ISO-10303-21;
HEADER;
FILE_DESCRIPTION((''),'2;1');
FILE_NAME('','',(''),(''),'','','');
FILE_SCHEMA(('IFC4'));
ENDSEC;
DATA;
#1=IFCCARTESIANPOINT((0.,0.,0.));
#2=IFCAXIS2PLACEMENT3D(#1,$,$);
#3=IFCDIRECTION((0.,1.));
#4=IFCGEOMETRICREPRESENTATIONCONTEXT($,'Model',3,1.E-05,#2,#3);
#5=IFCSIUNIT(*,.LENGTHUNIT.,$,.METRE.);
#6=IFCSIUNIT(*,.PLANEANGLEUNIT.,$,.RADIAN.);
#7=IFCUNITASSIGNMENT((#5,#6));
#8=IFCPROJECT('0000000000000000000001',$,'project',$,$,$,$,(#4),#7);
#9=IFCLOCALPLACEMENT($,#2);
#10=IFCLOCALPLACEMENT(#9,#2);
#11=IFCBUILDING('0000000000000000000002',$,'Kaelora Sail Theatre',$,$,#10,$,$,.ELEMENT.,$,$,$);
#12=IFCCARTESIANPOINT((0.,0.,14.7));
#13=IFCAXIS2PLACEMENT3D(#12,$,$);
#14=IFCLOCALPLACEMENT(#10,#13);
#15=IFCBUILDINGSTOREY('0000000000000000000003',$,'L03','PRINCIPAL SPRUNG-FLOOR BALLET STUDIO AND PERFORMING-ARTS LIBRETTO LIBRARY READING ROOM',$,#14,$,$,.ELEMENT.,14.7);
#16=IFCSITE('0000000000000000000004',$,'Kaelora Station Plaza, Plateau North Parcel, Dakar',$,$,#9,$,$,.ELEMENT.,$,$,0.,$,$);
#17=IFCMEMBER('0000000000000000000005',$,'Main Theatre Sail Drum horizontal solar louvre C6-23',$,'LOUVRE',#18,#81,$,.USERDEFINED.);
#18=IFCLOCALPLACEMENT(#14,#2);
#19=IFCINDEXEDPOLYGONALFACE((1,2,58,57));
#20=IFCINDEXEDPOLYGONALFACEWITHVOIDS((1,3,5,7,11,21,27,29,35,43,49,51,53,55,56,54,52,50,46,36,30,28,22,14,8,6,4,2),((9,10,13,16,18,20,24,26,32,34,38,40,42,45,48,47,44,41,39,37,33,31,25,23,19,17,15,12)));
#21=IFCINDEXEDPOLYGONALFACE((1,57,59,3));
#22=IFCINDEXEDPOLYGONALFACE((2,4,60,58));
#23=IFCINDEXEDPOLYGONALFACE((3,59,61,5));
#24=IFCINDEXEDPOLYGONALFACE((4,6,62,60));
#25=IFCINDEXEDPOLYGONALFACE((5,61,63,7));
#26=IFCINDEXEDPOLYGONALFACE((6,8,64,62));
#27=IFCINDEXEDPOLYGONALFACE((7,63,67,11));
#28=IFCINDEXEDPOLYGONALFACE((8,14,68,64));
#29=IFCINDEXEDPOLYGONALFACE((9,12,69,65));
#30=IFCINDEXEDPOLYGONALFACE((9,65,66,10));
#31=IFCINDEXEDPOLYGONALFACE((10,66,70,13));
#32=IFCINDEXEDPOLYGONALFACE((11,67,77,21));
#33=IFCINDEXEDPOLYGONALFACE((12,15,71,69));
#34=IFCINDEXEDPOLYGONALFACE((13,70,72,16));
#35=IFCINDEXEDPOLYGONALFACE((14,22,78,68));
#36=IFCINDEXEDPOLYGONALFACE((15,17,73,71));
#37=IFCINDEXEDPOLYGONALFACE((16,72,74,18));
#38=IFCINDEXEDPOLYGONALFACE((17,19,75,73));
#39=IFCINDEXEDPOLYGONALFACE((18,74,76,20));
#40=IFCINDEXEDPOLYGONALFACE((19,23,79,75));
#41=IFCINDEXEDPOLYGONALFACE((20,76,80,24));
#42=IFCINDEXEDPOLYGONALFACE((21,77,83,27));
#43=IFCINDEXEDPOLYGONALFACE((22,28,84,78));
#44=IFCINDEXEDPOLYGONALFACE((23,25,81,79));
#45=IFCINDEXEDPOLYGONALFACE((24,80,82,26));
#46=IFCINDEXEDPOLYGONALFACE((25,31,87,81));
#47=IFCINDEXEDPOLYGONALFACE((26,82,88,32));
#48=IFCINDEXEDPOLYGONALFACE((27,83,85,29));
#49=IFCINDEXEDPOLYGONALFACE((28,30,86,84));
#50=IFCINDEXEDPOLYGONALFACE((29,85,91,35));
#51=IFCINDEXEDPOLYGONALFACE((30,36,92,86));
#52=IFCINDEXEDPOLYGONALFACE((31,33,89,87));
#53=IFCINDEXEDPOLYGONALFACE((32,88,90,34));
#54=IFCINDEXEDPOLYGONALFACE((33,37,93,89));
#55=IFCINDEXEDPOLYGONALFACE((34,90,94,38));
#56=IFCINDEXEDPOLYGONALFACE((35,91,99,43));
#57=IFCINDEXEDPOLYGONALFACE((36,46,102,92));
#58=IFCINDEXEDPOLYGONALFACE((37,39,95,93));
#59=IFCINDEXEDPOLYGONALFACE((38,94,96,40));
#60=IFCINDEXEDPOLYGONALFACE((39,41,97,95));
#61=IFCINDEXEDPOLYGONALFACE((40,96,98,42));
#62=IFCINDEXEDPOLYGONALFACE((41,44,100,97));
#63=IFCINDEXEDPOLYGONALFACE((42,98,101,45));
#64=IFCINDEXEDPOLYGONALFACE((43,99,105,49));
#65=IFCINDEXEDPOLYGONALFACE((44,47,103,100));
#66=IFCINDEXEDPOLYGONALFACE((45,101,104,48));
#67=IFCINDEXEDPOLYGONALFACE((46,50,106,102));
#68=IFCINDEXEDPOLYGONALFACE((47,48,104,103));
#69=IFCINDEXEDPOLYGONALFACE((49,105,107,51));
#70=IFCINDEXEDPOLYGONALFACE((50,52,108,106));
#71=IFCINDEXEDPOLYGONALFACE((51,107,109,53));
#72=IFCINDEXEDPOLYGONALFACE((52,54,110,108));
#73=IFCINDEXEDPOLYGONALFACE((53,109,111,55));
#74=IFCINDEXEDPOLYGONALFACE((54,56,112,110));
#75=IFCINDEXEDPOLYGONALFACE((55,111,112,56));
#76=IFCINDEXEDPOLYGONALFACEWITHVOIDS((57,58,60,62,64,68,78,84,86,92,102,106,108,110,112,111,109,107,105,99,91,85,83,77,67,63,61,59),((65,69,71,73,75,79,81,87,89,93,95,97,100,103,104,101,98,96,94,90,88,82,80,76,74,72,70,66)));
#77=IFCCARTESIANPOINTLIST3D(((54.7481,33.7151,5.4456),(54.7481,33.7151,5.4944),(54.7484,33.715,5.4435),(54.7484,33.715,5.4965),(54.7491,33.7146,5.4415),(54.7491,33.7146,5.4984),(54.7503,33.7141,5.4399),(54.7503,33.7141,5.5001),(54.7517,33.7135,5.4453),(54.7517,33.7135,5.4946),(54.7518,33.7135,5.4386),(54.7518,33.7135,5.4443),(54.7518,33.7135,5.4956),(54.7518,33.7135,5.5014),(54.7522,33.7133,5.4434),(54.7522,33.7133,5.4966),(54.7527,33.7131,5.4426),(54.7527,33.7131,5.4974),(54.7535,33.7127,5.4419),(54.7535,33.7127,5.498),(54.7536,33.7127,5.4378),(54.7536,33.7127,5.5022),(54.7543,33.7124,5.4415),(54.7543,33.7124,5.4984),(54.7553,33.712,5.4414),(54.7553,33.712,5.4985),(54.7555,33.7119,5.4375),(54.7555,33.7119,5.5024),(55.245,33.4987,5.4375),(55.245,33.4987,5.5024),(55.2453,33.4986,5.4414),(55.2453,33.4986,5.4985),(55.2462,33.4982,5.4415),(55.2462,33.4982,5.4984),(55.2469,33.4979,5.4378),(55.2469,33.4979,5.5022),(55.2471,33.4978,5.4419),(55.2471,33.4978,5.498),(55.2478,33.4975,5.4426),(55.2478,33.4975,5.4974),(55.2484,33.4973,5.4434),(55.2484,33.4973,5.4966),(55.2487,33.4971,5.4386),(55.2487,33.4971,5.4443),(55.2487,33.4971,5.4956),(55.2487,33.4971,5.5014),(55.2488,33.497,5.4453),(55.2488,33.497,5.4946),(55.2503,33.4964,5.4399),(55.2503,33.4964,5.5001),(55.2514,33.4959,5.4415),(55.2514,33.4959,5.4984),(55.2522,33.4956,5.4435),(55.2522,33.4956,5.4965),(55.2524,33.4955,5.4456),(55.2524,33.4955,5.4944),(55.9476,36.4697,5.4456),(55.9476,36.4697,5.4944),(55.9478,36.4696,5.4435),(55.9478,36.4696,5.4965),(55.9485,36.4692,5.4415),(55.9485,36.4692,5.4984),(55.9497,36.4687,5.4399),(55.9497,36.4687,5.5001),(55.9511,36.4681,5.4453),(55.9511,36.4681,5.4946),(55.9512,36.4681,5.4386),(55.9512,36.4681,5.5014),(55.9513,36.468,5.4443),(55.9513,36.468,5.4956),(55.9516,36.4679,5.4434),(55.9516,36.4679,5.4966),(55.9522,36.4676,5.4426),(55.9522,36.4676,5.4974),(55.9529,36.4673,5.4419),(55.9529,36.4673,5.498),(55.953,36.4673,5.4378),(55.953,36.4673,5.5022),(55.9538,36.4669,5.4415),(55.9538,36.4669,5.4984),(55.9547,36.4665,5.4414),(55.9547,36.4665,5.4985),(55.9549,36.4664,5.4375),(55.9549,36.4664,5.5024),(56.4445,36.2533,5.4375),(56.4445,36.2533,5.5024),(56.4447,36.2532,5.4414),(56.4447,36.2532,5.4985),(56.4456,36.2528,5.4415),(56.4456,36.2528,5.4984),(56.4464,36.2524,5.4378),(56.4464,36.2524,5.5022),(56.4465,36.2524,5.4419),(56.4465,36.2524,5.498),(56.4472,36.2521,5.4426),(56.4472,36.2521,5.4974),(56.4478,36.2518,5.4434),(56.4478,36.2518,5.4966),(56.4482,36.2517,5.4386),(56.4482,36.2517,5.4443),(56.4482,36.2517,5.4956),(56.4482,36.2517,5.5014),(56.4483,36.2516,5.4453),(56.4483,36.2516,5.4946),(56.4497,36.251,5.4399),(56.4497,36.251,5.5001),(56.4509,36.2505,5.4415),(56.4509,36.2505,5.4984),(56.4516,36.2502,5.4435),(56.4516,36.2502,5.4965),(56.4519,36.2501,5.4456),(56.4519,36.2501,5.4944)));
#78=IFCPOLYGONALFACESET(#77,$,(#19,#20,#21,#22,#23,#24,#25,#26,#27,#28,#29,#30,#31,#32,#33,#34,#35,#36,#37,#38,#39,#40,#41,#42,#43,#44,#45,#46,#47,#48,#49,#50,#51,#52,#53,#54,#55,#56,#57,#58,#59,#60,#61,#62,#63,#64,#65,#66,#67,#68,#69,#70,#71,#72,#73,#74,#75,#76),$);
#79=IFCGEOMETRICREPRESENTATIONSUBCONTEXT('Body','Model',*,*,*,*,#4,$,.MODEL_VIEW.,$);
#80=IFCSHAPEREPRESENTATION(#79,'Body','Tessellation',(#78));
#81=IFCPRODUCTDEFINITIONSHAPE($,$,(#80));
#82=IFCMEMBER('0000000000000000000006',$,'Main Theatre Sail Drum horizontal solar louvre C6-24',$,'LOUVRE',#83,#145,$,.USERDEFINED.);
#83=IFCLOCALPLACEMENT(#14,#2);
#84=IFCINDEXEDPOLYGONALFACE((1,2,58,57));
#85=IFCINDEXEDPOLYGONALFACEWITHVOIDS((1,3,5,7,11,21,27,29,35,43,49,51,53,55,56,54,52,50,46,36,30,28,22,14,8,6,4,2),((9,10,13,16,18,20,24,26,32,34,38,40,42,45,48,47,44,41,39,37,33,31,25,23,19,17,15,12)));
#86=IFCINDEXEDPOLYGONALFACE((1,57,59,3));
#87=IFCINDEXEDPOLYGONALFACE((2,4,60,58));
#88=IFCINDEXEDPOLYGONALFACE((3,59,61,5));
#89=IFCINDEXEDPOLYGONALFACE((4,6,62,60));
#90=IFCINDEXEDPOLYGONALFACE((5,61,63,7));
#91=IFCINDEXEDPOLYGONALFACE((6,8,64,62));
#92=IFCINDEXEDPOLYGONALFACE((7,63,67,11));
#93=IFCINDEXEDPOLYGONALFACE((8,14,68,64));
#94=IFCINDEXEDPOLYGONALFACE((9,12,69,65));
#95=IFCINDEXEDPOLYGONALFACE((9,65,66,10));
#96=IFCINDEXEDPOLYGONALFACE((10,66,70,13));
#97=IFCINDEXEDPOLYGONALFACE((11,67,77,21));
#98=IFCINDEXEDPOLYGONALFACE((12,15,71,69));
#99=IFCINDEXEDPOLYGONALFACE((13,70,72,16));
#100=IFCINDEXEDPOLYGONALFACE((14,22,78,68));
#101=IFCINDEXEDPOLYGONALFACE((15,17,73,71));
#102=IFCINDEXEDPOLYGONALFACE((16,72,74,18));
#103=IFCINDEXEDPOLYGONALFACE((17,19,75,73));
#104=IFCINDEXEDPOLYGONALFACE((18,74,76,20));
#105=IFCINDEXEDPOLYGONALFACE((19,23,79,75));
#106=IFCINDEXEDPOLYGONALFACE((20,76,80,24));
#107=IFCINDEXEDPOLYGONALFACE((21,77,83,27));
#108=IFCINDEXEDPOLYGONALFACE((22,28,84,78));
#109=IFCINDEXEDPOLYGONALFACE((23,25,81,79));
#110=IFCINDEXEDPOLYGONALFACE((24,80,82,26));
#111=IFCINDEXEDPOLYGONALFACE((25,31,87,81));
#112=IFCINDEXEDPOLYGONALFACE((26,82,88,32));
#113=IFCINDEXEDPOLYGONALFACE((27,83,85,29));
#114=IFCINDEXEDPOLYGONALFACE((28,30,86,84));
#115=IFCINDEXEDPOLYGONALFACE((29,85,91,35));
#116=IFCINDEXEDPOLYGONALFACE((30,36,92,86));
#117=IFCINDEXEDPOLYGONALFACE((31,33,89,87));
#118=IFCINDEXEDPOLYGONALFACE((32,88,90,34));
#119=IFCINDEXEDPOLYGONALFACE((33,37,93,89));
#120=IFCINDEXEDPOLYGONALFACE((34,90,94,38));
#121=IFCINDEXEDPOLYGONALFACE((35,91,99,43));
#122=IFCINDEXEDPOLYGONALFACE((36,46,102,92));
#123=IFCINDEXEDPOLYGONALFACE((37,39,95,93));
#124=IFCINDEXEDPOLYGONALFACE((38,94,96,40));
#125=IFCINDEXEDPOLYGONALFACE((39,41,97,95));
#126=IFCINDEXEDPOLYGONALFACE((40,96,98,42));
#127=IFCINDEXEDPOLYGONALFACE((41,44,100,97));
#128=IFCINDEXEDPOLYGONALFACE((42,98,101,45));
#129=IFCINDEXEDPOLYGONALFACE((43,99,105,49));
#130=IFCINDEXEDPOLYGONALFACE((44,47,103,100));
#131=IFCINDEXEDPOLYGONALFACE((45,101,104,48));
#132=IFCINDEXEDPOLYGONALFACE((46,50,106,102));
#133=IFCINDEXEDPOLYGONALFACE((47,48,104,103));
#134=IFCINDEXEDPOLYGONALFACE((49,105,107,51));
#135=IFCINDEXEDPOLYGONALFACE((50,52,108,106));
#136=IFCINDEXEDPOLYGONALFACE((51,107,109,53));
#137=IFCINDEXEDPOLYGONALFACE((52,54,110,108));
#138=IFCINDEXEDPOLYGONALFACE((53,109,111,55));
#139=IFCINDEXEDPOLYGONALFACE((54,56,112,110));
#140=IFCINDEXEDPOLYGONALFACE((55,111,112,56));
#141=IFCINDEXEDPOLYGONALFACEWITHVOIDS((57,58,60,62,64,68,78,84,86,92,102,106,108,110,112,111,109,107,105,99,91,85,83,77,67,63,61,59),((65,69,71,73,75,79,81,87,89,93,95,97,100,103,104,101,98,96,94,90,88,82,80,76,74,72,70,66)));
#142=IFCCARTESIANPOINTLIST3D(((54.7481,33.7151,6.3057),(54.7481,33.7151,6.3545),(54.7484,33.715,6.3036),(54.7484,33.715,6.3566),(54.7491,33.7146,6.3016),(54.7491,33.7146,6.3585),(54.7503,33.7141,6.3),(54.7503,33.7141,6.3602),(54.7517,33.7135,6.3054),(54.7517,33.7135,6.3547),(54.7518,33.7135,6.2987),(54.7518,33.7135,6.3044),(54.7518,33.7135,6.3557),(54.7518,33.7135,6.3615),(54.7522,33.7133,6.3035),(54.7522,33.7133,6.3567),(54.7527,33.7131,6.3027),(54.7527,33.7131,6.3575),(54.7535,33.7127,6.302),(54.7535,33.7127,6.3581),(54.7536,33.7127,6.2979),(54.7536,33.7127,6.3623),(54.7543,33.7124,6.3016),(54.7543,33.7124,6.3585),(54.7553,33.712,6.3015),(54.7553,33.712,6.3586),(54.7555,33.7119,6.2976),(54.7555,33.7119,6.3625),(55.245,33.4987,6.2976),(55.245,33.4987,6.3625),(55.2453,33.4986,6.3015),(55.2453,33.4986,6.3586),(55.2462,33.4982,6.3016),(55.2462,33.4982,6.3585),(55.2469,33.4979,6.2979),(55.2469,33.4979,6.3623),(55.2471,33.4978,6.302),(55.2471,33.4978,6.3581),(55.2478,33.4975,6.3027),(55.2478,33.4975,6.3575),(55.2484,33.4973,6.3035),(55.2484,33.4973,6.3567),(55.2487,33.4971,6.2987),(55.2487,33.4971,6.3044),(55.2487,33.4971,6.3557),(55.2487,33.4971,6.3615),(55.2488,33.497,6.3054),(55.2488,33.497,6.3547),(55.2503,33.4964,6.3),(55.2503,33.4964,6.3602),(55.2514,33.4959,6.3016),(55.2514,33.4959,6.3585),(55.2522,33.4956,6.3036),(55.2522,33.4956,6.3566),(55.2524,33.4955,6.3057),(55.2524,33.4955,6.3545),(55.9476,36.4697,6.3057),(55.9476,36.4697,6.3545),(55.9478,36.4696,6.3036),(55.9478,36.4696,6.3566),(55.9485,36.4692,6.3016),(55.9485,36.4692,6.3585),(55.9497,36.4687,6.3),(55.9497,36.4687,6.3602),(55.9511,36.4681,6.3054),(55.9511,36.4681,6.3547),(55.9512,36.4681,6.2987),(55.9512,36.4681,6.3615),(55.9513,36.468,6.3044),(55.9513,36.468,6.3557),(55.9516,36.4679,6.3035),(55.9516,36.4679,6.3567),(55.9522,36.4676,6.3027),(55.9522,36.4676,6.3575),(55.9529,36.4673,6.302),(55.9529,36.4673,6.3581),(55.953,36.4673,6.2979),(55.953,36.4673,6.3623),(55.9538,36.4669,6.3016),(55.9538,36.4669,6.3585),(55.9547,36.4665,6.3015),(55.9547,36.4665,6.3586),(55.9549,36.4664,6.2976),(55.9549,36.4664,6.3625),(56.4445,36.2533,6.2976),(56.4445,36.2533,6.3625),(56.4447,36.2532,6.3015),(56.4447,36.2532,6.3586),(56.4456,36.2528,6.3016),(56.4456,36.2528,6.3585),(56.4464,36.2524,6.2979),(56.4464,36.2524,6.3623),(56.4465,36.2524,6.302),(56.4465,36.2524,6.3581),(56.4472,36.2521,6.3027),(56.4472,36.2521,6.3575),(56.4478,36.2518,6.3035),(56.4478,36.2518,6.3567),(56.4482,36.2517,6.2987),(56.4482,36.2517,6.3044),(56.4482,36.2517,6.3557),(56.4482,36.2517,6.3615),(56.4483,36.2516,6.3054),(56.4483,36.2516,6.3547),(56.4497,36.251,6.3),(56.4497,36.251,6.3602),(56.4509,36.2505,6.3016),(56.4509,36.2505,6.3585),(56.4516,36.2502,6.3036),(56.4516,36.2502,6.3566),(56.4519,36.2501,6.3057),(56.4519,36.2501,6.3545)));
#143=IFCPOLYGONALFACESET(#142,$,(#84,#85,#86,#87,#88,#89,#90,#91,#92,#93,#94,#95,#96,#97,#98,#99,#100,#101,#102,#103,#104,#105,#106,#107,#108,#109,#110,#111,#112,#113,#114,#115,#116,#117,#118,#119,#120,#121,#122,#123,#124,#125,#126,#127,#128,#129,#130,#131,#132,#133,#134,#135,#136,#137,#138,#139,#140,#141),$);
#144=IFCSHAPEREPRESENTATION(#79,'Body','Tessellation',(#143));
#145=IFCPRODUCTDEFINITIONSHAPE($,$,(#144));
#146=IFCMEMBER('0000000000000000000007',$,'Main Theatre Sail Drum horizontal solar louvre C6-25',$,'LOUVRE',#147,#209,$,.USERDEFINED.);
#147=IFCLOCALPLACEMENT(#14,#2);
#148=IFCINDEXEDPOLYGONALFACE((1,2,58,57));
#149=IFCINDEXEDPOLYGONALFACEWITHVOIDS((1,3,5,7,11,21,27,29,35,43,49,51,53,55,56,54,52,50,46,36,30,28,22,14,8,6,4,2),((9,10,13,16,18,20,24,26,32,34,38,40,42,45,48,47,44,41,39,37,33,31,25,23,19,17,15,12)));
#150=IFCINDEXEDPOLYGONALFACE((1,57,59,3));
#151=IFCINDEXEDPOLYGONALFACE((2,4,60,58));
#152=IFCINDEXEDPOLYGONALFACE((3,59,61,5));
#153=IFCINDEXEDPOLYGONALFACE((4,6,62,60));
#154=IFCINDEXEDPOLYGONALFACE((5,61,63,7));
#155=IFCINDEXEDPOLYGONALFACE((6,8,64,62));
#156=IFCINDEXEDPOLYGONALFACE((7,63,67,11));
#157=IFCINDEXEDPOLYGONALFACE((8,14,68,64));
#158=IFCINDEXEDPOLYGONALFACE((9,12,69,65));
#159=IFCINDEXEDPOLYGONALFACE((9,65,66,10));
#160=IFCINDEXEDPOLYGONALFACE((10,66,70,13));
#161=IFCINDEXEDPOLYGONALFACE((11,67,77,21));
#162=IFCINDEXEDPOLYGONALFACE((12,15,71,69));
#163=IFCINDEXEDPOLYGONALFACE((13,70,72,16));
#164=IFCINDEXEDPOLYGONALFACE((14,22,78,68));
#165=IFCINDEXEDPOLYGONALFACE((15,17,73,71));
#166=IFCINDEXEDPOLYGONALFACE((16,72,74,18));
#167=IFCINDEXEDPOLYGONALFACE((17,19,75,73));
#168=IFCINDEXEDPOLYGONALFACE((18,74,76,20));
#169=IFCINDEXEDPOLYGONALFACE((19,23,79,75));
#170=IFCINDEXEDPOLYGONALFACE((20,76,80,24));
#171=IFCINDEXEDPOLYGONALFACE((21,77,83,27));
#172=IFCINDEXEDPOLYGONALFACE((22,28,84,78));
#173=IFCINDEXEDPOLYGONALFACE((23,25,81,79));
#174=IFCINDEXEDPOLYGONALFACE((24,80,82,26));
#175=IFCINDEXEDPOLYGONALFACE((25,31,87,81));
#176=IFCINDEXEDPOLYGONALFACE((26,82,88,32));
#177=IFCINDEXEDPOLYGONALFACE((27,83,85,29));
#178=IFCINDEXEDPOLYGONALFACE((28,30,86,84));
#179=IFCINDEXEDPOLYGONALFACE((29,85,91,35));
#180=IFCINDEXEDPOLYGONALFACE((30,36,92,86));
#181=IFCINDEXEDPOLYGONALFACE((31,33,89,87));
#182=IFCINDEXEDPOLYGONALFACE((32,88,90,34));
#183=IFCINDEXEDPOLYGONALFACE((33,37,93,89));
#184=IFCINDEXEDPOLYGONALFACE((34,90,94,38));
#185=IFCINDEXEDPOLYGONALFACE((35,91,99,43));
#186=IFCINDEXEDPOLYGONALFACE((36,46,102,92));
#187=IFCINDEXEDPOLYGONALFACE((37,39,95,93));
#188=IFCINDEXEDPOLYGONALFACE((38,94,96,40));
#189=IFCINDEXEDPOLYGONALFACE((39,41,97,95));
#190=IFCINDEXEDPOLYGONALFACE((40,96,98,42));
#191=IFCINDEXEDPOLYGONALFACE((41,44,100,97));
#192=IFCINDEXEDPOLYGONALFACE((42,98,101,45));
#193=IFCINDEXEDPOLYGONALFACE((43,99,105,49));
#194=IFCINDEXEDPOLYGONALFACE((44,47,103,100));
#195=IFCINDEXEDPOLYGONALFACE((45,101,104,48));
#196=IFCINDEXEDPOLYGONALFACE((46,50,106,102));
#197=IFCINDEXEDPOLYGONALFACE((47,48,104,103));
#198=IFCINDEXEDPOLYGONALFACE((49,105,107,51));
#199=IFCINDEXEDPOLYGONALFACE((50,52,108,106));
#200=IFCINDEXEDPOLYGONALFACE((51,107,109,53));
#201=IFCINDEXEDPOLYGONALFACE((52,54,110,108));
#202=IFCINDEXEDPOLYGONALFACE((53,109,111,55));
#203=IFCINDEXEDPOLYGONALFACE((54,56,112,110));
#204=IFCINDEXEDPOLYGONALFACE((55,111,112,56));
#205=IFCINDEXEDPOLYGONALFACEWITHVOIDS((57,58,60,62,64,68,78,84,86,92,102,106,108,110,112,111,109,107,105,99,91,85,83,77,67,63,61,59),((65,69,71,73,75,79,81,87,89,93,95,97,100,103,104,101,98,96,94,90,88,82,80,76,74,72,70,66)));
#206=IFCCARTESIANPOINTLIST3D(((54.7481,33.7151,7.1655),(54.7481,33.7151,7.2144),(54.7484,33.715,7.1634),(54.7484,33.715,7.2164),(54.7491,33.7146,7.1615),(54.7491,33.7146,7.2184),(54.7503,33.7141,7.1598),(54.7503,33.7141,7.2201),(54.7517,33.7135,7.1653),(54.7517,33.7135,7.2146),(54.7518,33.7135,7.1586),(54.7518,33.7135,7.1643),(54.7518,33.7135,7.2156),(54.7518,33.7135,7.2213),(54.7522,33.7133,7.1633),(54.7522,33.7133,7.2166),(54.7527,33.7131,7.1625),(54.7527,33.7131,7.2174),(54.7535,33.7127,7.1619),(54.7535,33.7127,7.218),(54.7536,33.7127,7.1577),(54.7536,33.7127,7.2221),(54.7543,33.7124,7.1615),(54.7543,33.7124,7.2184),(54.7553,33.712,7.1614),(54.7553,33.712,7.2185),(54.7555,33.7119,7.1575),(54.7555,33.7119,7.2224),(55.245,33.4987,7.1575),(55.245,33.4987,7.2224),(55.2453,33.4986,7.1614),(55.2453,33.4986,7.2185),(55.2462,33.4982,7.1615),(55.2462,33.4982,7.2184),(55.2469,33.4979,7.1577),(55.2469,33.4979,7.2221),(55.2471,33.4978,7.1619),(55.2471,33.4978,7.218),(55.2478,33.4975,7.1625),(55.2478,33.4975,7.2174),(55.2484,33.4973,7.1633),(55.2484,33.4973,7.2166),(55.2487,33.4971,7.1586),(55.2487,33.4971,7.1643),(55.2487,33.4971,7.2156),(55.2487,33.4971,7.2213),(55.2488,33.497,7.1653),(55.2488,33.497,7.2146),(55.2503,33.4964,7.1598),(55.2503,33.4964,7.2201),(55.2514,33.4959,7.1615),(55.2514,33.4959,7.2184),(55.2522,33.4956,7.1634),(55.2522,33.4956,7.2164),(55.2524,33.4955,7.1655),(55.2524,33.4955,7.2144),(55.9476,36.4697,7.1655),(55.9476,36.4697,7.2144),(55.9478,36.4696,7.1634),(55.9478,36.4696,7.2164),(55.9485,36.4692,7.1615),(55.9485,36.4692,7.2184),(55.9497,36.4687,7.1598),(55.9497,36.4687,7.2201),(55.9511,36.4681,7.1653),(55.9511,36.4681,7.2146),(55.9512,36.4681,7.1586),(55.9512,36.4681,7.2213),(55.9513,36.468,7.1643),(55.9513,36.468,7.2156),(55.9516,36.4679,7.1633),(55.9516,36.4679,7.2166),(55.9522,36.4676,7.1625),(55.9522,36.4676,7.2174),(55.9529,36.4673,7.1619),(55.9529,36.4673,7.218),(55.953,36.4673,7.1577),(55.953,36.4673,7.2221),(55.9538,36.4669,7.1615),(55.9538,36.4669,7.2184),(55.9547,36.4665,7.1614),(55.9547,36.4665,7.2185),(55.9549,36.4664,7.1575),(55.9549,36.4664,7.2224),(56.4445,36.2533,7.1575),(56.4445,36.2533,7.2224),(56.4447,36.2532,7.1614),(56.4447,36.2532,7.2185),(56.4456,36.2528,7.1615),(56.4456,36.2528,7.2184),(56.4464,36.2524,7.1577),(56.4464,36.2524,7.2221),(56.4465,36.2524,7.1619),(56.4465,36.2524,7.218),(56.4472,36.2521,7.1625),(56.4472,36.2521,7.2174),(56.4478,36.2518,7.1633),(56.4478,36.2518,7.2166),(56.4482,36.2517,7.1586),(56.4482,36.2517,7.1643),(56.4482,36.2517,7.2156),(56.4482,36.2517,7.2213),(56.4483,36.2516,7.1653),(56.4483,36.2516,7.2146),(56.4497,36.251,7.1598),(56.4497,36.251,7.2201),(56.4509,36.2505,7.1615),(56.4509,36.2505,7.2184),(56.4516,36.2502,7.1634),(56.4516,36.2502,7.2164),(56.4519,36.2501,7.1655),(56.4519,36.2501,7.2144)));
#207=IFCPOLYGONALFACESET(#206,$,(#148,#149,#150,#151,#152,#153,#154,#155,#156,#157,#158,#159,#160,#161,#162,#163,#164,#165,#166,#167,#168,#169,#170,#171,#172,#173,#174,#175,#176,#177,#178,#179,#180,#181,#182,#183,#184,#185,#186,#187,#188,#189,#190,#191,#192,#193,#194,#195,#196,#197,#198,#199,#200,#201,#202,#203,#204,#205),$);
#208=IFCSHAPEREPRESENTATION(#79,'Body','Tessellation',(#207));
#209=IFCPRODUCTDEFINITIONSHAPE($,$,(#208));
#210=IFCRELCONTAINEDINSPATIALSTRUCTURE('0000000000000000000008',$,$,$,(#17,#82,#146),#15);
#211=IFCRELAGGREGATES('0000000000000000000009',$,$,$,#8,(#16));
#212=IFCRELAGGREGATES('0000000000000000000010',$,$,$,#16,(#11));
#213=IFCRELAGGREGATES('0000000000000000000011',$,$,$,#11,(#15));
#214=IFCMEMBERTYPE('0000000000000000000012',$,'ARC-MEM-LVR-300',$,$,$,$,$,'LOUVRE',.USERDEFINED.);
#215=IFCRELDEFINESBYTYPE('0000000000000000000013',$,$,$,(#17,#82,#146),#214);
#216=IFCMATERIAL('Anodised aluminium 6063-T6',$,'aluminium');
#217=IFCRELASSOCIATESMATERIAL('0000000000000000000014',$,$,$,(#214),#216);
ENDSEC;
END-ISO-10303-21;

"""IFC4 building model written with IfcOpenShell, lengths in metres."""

from ifc_helpers import new_model, si_unit, direction, frame, origin, origin_2d, place, context, subcontext, project, spatial, hollow_rectangle, extrude, material, material_profile, profile_set, type_object, element, save


model = new_model("IFC4")

# Units and contexts
model_context = context("Model", 3, precision=1e-05, world=origin(), true_north=direction((0.0, 1.0)))
body_context = subcontext(model_context, "Body", "Model", "MODEL_VIEW")
ifc_project = project(units=[si_unit("LENGTHUNIT", "METRE"), si_unit("PLANEANGLEUNIT", "RADIAN")], contexts=[model_context])

# Site, building, storey
site_placement = place(None, origin())
site = spatial("IfcSite", under=ifc_project, at=site_placement, Name="Kaelora Station Plaza, Plateau North Parcel, Dakar", CompositionType="ELEMENT", RefElevation=0.0)
building_placement = place(site_placement, origin())
building = spatial("IfcBuilding", under=site, at=building_placement, Name="Kaelora Sail Theatre", CompositionType="ELEMENT")
storey_placement = place(building_placement, frame((0.0, 0.0, 14.7)))
storey = spatial("IfcBuildingStorey", under=building, at=storey_placement, Name="L03", Description="PRINCIPAL SPRUNG-FLOOR BALLET STUDIO AND PERFORMING-ARTS LIBRETTO LIBRARY READING ROOM", CompositionType="ELEMENT", Elevation=14.7)

# Members
ifc_material = material(Name="Anodised aluminium 6063-T6", Category="aluminium")
ifc_material_profile = material_profile(ifc_material, hollow_rectangle(XDim=0.55, YDim=0.0649, WallThickness=0.0039, InnerFilletRadius=0.0039, OuterFilletRadius=0.0081, at=origin_2d()), Name="LOUVRE 550x65x4")
ifc_profile_set = profile_set([ifc_material_profile], Name="Anodised aluminium 6063-T6")
member_type = type_object("IfcMemberType", Name="ARC-MEM-LVR-300", ElementType="LOUVRE", PredefinedType="USERDEFINED", material=ifc_profile_set)
for number, where, z_axis, x_axis, name in (
    (1, (56.1997, 36.3599, 5.47), (-0.399228, -0.916852, 0.0), (0.916852, -0.399228, 0.0), "Main Theatre Sail Drum horizontal solar louvre C6-23"),
    (2, (56.1997, 36.3599, 6.3301), (-0.399228, -0.916852, 0.0), (0.916852, -0.399228, 0.0), "Main Theatre Sail Drum horizontal solar louvre C6-24"),
    (3, (56.1997, 36.3599, 7.1899), (-0.399228, -0.916852, 0.0), (0.916852, -0.399228, 0.0), "Main Theatre Sail Drum horizontal solar louvre C6-25"),
):
    element("IfcMember", number, at=place(storey_placement, frame(where, z_axis=z_axis, x_axis=x_axis)), inside=storey, type_object=member_type, Name=name, ObjectType="LOUVRE", PredefinedType="USERDEFINED", context=body_context, shape_type="SweptSolid", body=[
        extrude(hollow_rectangle(XDim=0.55, YDim=0.0649, WallThickness=0.0039, InnerFilletRadius=0.0039, OuterFilletRadius=0.0081, at=origin_2d()), origin(), (0.0, 0.0, 1.0), 3.0044),
    ])

save(model, "model.ifc")
